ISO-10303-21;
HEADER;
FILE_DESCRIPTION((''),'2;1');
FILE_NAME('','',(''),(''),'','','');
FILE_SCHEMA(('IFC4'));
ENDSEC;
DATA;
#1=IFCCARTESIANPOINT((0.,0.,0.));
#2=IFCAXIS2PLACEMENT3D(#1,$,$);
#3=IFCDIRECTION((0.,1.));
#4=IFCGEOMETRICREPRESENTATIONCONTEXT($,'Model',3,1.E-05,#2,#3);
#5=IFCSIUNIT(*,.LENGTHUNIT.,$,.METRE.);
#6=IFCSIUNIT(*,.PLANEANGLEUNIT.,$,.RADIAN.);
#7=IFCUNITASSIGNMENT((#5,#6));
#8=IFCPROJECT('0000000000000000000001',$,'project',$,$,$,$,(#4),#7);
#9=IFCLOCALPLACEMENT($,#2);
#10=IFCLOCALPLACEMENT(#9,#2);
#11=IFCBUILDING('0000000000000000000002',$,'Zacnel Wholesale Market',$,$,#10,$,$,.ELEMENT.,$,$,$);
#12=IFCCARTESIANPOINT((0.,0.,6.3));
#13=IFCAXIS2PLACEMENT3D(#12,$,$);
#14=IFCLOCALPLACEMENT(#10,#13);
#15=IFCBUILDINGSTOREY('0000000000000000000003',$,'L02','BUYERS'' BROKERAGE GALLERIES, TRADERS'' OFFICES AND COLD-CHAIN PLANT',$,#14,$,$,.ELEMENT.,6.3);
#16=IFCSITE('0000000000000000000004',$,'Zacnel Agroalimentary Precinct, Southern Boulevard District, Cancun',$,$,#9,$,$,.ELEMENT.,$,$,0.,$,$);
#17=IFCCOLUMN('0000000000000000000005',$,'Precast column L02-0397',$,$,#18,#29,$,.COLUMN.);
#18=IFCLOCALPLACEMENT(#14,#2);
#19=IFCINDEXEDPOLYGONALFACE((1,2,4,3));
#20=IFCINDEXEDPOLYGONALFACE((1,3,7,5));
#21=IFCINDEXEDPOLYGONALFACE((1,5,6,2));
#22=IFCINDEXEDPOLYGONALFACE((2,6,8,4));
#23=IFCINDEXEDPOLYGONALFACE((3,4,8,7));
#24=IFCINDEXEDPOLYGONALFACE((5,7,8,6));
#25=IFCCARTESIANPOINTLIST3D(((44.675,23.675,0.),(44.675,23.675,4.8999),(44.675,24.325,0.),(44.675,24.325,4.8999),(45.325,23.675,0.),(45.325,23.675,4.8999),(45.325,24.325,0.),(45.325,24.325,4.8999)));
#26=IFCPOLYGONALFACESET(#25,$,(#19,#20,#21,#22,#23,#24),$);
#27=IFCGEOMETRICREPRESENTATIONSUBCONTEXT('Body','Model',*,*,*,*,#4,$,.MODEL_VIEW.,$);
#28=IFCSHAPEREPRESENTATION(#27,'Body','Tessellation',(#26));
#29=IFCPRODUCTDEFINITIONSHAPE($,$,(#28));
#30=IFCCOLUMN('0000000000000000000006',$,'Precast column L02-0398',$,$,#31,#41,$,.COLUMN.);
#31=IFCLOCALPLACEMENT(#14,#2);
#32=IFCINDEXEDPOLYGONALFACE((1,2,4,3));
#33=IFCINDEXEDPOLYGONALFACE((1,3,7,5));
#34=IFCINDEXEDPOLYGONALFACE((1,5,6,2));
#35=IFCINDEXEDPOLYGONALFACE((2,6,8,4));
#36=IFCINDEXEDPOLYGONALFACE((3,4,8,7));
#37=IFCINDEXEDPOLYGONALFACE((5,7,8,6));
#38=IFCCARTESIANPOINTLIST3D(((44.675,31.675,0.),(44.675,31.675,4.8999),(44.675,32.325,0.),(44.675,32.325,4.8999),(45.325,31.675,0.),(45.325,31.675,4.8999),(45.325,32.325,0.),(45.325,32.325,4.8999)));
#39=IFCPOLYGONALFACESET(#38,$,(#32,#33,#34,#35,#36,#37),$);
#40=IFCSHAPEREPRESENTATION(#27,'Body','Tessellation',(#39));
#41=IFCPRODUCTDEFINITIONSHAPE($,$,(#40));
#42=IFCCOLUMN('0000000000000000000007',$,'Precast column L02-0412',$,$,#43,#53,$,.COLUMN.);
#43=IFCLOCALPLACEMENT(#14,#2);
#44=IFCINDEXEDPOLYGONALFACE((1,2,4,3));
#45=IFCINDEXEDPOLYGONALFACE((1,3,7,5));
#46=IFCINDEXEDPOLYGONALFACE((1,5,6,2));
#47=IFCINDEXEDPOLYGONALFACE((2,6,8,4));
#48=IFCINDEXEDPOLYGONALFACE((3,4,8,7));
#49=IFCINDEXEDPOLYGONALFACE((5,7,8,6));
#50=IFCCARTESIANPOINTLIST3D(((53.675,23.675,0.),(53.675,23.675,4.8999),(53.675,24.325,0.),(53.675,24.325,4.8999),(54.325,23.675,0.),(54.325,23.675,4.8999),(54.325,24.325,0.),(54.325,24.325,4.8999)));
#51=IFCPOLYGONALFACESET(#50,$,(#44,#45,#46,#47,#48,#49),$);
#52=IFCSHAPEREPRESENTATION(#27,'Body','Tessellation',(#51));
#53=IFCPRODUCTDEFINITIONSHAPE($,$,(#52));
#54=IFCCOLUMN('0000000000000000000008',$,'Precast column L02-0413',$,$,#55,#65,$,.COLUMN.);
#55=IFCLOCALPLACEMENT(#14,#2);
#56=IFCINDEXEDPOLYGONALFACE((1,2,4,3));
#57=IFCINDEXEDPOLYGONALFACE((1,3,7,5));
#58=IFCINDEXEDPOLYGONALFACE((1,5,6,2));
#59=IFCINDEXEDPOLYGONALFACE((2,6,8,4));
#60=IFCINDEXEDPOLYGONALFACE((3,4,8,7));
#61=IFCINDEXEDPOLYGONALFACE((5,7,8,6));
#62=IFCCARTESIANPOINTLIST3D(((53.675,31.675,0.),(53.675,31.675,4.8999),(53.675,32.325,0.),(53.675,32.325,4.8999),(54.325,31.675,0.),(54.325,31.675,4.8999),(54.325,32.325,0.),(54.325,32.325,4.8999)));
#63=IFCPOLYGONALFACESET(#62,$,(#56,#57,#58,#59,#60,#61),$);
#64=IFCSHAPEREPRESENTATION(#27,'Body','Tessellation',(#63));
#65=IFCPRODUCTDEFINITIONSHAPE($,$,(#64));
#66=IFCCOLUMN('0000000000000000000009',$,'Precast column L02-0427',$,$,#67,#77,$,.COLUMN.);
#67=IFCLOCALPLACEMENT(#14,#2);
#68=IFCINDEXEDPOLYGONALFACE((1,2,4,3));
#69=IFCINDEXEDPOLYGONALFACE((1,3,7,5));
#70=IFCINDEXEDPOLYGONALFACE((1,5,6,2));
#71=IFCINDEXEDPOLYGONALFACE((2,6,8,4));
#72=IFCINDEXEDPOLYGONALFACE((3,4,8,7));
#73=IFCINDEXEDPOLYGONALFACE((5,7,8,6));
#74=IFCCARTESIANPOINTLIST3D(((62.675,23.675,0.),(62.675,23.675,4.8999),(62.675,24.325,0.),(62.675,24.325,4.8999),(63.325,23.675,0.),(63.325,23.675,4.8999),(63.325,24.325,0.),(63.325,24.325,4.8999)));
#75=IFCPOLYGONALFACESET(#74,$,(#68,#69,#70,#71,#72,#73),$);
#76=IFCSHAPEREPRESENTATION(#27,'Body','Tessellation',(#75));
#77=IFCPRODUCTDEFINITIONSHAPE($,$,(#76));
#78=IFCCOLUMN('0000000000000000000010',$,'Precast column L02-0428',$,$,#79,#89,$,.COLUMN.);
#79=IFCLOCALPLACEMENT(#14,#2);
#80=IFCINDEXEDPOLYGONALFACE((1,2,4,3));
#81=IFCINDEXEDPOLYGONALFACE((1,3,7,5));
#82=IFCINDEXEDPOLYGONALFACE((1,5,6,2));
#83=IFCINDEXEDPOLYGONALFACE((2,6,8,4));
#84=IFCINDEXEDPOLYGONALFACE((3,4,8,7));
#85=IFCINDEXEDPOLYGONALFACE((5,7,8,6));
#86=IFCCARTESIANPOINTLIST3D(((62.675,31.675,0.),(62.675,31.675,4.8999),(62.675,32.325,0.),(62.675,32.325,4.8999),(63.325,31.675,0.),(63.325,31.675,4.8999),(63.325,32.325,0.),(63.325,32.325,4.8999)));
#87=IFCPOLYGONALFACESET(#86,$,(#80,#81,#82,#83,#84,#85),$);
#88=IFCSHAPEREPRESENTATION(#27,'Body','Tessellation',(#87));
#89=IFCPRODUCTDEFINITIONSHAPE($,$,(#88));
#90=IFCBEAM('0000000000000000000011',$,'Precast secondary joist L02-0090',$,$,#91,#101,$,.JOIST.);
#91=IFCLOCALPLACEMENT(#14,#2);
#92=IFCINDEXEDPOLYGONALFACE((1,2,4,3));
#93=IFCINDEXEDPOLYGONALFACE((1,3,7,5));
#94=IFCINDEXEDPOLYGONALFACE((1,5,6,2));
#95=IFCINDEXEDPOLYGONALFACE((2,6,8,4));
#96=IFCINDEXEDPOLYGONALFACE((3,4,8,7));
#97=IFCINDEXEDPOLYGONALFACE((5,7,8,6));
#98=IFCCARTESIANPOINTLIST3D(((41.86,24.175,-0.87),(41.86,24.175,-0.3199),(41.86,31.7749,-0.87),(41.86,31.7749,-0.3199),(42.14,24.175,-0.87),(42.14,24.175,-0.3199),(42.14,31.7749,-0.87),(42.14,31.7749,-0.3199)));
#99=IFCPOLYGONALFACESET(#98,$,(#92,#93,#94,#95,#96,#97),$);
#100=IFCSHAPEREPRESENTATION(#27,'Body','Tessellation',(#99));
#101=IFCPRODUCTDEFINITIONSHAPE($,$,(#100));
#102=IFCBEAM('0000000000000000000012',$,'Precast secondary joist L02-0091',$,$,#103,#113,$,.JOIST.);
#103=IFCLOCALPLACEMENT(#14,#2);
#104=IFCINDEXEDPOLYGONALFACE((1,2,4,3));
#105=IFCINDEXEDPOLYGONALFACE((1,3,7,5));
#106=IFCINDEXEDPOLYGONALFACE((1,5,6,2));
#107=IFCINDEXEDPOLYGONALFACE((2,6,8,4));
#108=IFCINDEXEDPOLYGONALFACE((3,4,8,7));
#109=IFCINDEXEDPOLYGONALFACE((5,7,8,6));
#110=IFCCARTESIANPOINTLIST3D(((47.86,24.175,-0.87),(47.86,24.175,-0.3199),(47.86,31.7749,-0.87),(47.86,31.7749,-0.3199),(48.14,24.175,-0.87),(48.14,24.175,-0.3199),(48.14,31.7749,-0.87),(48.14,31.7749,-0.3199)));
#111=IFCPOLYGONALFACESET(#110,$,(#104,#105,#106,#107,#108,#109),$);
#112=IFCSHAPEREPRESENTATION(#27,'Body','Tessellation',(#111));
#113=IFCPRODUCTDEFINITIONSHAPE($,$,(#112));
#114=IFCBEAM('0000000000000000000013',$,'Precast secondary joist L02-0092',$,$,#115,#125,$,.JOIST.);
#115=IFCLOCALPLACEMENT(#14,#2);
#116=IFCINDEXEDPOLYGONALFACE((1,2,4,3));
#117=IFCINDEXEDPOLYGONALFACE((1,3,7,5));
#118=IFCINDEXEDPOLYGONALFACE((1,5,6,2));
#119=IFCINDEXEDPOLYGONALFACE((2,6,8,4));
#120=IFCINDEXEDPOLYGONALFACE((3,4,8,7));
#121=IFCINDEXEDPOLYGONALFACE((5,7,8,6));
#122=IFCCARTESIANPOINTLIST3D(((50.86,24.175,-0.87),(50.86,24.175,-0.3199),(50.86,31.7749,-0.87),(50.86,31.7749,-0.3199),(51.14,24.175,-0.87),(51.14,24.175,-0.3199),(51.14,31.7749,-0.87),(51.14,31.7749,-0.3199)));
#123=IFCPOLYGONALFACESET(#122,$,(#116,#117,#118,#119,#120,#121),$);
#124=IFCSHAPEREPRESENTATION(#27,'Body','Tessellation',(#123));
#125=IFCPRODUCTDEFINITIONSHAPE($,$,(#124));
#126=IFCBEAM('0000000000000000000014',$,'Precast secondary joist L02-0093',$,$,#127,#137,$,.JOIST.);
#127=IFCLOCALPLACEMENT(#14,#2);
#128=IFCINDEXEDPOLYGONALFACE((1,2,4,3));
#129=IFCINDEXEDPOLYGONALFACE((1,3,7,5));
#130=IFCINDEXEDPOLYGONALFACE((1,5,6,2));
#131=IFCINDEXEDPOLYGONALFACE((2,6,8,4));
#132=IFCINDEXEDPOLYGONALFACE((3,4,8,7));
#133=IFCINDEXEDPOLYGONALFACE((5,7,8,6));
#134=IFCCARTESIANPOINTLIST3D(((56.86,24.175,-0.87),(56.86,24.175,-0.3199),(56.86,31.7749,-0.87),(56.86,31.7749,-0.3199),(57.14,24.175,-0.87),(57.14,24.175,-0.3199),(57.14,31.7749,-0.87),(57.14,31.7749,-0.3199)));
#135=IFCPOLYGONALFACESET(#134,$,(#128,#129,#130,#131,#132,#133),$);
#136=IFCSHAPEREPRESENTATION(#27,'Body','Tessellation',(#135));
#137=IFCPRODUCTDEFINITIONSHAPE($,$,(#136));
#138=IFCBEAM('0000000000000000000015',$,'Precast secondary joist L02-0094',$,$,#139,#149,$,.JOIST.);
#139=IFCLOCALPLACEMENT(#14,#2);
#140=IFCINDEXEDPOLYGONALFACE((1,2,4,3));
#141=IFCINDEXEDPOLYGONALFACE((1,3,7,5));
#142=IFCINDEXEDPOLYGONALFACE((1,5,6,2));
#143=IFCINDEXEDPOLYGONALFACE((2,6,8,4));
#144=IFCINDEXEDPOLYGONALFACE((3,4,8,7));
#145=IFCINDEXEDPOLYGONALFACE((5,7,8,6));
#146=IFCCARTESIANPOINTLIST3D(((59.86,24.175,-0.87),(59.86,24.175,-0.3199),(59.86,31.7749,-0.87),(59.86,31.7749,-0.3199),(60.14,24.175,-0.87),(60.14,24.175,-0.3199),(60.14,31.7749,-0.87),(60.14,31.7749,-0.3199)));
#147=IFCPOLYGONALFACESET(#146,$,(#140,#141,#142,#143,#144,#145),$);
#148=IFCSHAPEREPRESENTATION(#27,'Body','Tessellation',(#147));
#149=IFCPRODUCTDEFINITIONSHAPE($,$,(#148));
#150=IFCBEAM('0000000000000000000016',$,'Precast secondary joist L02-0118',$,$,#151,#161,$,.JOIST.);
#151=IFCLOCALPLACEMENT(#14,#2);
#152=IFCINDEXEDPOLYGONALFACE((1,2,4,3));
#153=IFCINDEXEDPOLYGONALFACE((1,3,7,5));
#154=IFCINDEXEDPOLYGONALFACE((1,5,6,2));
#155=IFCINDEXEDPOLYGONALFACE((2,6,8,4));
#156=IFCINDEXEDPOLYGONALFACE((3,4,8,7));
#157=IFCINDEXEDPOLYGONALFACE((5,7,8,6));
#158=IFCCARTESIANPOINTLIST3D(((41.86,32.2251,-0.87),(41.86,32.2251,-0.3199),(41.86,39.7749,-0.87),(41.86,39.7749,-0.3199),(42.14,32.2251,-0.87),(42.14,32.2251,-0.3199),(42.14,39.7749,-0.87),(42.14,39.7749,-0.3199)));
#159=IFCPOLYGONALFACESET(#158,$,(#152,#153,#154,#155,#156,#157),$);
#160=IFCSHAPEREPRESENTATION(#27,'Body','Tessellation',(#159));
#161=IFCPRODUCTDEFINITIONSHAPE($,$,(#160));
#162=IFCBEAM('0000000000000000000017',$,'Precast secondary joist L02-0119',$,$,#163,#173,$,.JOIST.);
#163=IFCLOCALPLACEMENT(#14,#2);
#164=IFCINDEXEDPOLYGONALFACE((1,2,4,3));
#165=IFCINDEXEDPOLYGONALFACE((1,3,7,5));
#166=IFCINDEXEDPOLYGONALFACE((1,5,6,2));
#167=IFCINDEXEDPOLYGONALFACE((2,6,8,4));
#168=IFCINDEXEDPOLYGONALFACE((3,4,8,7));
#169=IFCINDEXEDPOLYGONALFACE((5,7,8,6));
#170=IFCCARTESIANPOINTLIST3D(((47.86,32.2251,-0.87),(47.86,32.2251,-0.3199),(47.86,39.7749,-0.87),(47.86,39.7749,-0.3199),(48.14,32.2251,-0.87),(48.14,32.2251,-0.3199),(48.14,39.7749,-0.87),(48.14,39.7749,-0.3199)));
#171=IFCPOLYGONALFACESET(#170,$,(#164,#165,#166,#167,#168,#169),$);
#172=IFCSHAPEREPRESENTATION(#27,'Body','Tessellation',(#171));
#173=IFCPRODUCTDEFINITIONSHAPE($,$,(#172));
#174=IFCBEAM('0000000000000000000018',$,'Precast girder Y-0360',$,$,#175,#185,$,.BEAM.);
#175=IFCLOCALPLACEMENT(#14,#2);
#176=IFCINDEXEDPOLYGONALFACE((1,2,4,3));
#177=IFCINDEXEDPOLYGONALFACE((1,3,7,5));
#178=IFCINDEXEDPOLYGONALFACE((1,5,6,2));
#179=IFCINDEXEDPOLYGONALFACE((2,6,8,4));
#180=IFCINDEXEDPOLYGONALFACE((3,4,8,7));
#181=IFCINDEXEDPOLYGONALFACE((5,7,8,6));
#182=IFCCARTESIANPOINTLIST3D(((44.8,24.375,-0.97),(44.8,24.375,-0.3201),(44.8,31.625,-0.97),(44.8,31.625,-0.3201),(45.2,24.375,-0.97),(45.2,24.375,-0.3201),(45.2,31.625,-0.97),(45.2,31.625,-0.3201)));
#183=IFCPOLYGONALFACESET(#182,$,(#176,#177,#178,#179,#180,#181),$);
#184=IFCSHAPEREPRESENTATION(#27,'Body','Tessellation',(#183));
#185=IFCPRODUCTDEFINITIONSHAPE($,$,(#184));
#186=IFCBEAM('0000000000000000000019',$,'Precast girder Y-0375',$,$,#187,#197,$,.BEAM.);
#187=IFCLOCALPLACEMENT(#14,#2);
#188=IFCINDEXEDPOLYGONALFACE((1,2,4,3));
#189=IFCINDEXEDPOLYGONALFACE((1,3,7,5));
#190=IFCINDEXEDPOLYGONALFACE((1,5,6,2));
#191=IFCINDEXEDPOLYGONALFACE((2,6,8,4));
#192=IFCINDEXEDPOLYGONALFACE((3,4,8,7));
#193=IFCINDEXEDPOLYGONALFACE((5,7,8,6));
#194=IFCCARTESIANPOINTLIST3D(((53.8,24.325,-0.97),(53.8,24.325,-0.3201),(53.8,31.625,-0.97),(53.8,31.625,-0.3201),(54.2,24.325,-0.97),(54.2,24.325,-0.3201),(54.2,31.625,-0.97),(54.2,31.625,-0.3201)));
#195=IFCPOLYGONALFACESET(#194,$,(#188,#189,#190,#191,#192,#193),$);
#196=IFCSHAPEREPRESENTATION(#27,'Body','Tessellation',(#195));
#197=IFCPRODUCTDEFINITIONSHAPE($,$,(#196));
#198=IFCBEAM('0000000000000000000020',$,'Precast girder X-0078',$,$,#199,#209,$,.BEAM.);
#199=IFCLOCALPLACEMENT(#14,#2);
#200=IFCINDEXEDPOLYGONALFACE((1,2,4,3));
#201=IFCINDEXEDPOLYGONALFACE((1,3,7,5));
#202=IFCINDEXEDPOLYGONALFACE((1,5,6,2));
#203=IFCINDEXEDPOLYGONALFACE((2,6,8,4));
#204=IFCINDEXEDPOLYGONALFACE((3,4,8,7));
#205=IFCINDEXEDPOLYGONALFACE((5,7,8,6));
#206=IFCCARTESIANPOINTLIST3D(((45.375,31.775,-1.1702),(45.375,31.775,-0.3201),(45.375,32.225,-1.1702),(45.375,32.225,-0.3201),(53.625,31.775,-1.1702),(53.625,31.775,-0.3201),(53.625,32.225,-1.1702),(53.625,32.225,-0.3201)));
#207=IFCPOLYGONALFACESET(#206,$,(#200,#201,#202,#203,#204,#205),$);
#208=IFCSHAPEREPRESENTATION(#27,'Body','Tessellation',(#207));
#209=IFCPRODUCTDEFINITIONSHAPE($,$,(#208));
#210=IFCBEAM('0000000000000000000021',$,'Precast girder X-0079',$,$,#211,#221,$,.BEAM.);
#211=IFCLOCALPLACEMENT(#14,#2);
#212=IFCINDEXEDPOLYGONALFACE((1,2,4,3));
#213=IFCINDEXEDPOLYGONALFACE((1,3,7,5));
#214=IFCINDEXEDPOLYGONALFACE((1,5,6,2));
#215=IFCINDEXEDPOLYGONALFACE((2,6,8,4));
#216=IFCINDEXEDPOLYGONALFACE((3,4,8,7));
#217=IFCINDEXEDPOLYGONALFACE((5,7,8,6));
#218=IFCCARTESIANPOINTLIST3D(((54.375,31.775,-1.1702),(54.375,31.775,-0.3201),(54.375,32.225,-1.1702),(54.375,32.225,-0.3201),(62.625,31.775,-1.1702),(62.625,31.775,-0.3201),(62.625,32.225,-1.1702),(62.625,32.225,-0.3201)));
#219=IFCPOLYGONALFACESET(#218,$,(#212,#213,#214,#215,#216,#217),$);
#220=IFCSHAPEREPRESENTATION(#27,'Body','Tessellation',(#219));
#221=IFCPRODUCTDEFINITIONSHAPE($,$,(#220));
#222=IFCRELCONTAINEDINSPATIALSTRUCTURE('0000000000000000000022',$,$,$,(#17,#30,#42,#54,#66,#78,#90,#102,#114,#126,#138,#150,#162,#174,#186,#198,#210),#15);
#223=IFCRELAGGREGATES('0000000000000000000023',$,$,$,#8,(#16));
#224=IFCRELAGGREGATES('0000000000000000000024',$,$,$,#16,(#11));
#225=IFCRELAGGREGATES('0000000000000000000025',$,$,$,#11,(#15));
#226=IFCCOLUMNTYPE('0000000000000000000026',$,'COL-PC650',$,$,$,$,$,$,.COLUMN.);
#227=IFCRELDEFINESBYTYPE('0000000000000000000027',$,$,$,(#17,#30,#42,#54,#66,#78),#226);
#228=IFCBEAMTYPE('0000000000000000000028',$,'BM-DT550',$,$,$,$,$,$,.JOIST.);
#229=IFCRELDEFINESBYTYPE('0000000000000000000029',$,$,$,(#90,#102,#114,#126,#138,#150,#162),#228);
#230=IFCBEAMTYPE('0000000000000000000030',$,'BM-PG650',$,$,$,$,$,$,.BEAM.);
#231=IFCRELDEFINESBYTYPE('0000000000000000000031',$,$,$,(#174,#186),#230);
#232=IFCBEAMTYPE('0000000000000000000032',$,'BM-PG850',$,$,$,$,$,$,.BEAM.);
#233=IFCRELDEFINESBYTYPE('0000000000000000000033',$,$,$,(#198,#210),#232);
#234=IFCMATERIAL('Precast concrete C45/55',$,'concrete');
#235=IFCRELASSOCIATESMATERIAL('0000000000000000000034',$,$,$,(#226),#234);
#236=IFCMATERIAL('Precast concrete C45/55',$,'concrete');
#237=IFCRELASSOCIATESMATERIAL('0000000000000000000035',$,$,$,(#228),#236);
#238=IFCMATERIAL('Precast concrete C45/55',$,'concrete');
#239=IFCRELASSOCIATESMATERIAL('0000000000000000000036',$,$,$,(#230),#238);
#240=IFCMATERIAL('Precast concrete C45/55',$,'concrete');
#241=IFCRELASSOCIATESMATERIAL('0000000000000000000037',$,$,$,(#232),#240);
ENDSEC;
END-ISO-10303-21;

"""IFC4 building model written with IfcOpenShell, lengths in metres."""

from ifc_helpers import new_model, si_unit, direction, frame, origin, origin_2d, place, context, subcontext, project, spatial, rectangle, extrude, material, material_profile, profile_set, type_object, element, save


model = new_model("IFC4")

# Units and contexts
model_context = context("Model", 3, precision=1e-05, world=origin(), true_north=direction((0.0, 1.0)))
body_context = subcontext(model_context, "Body", "Model", "MODEL_VIEW")
ifc_project = project(units=[si_unit("LENGTHUNIT", "METRE"), si_unit("PLANEANGLEUNIT", "RADIAN")], contexts=[model_context])

# Site, building, storey
site_placement = place(None, origin())
site = spatial("IfcSite", under=ifc_project, at=site_placement, Name="Zacnel Agroalimentary Precinct, Southern Boulevard District, Cancun", CompositionType="ELEMENT", RefElevation=0.0)
building_placement = place(site_placement, origin())
building = spatial("IfcBuilding", under=site, at=building_placement, Name="Zacnel Wholesale Market", CompositionType="ELEMENT")
storey_placement = place(building_placement, frame((0.0, 0.0, 6.3)))
storey = spatial("IfcBuildingStorey", under=building, at=storey_placement, Name="L02", Description="BUYERS' BROKERAGE GALLERIES, TRADERS' OFFICES AND COLD-CHAIN PLANT", CompositionType="ELEMENT", Elevation=6.3)

# Columns
ifc_material_1 = material(Name="Precast concrete C45/55", Category="concrete")
ifc_material_profile_1 = material_profile(ifc_material_1, rectangle(XDim=0.6499, YDim=0.6499, at=origin_2d()), Name="PC 650x650")
ifc_profile_set_1 = profile_set([ifc_material_profile_1], Name="Precast concrete C45/55")
column_type = type_object("IfcColumnType", Name="COL-PC650", PredefinedType="COLUMN", material=ifc_profile_set_1)
for number, where, z_axis, x_axis, name in (
    (1, (45.0, 24.0, 0.0), (0.0, 0.0, 1.0), (1.0, 0.0, 0.0), "Precast column L02-0397"),
    (2, (45.0, 32.0, 0.0), (0.0, 0.0, 1.0), (1.0, 0.0, 0.0), "Precast column L02-0398"),
    (3, (54.0, 24.0, 0.0), (0.0, 0.0, 1.0), (1.0, 0.0, 0.0), "Precast column L02-0412"),
    (4, (54.0, 32.0, 0.0), (0.0, 0.0, 1.0), (1.0, 0.0, 0.0), "Precast column L02-0413"),
    (5, (63.0, 24.0, 0.0), (0.0, 0.0, 1.0), (1.0, 0.0, 0.0), "Precast column L02-0427"),
    (6, (63.0, 32.0, 0.0), (0.0, 0.0, 1.0), (1.0, 0.0, 0.0), "Precast column L02-0428"),
):
    element("IfcColumn", number, at=place(storey_placement, frame(where, z_axis=z_axis, x_axis=x_axis)), inside=storey, type_object=column_type, Name=name, PredefinedType="COLUMN", context=body_context, shape_type="SweptSolid", body=[
        extrude(rectangle(XDim=0.6499, YDim=0.6499, at=origin_2d()), origin(), (0.0, 0.0, 1.0), 4.8999),
    ])

# Beams
ifc_material_2 = material(Name="Precast concrete C45/55", Category="concrete")
ifc_material_profile_2 = material_profile(ifc_material_2, rectangle(XDim=0.28, YDim=0.55, at=origin_2d()), Name="DT RIB 280x550")
ifc_profile_set_2 = profile_set([ifc_material_profile_2], Name="Precast concrete C45/55")
beam_type_1 = type_object("IfcBeamType", Name="BM-DT550", PredefinedType="JOIST", material=ifc_profile_set_2)
for number, where, z_axis, x_axis, name in (
    (7, (42.0, 24.175, -0.595), (0.0, 1.0, 0.0), (-1.0, 0.0, 0.0), "Precast secondary joist L02-0090"),
    (8, (48.0, 24.175, -0.595), (0.0, 1.0, 0.0), (-1.0, 0.0, 0.0), "Precast secondary joist L02-0091"),
    (9, (51.0, 24.175, -0.595), (0.0, 1.0, 0.0), (-1.0, 0.0, 0.0), "Precast secondary joist L02-0092"),
    (10, (57.0, 24.175, -0.595), (0.0, 1.0, 0.0), (-1.0, 0.0, 0.0), "Precast secondary joist L02-0093"),
    (11, (60.0, 24.175, -0.595), (0.0, 1.0, 0.0), (-1.0, 0.0, 0.0), "Precast secondary joist L02-0094"),
):
    element("IfcBeam", number, at=place(storey_placement, frame(where, z_axis=z_axis, x_axis=x_axis)), inside=storey, type_object=beam_type_1, Name=name, PredefinedType="JOIST", context=body_context, shape_type="SweptSolid", body=[
        extrude(rectangle(XDim=0.28, YDim=0.55, at=origin_2d()), origin(), (0.0, 0.0, 1.0), 7.5999),
    ])
for number, where, z_axis, x_axis, name in (
    (12, (42.0, 32.2251, -0.595), (0.0, 1.0, 0.0), (-1.0, 0.0, 0.0), "Precast secondary joist L02-0118"),
    (13, (48.0, 32.2251, -0.595), (0.0, 1.0, 0.0), (-1.0, 0.0, 0.0), "Precast secondary joist L02-0119"),
):
    element("IfcBeam", number, at=place(storey_placement, frame(where, z_axis=z_axis, x_axis=x_axis)), inside=storey, type_object=beam_type_1, Name=name, PredefinedType="JOIST", context=body_context, shape_type="SweptSolid", body=[
        extrude(rectangle(XDim=0.28, YDim=0.55, at=origin_2d()), origin(), (0.0, 0.0, 1.0), 7.5498),
    ])
ifc_material_3 = material(Name="Precast concrete C45/55", Category="concrete")
ifc_material_profile_3 = material_profile(ifc_material_3, rectangle(XDim=0.3999, YDim=0.6499, at=origin_2d()), Name="PG 400x650")
ifc_profile_set_3 = profile_set([ifc_material_profile_3], Name="Precast concrete C45/55")
beam_type_2 = type_object("IfcBeamType", Name="BM-PG650", PredefinedType="BEAM", material=ifc_profile_set_3)
beam_1_placement = place(storey_placement, frame((45.0, 24.375, -0.645), z_axis=(0.0, 1.0, 0.0), x_axis=(-1.0, 0.0, 0.0)))
element("IfcBeam", 14, at=beam_1_placement, inside=storey, type_object=beam_type_2, Name="Precast girder Y-0360", PredefinedType="BEAM", context=body_context, shape_type="SweptSolid", body=[
    extrude(rectangle(XDim=0.3999, YDim=0.6499, at=origin_2d()), origin(), (0.0, 0.0, 1.0), 7.25),
])
beam_2_placement = place(storey_placement, frame((54.0, 24.325, -0.645), z_axis=(0.0, 1.0, 0.0), x_axis=(-1.0, 0.0, 0.0)))
element("IfcBeam", 15, at=beam_2_placement, inside=storey, type_object=beam_type_2, Name="Precast girder Y-0375", PredefinedType="BEAM", context=body_context, shape_type="SweptSolid", body=[
    extrude(rectangle(XDim=0.3999, YDim=0.6499, at=origin_2d()), origin(), (0.0, 0.0, 1.0), 7.3),
])
ifc_material_4 = material(Name="Precast concrete C45/55", Category="concrete")
ifc_material_profile_4 = material_profile(ifc_material_4, rectangle(XDim=0.45, YDim=0.8501, at=origin_2d()), Name="PG 450x850")
ifc_profile_set_4 = profile_set([ifc_material_profile_4], Name="Precast concrete C45/55")
beam_type_3 = type_object("IfcBeamType", Name="BM-PG850", PredefinedType="BEAM", material=ifc_profile_set_4)
for number, where, z_axis, x_axis, name in (
    (16, (45.375, 32.0, -0.7451), (1.0, 0.0, 0.0), (0.0, 1.0, 0.0), "Precast girder X-0078"),
    (17, (54.375, 32.0, -0.7451), (1.0, 0.0, 0.0), (0.0, 1.0, 0.0), "Precast girder X-0079"),
):
    element("IfcBeam", number, at=place(storey_placement, frame(where, z_axis=z_axis, x_axis=x_axis)), inside=storey, type_object=beam_type_3, Name=name, PredefinedType="BEAM", context=body_context, shape_type="SweptSolid", body=[
        extrude(rectangle(XDim=0.45, YDim=0.8501, at=origin_2d()), origin(), (0.0, 0.0, 1.0), 8.25),
    ])

save(model, "model.ifc")
